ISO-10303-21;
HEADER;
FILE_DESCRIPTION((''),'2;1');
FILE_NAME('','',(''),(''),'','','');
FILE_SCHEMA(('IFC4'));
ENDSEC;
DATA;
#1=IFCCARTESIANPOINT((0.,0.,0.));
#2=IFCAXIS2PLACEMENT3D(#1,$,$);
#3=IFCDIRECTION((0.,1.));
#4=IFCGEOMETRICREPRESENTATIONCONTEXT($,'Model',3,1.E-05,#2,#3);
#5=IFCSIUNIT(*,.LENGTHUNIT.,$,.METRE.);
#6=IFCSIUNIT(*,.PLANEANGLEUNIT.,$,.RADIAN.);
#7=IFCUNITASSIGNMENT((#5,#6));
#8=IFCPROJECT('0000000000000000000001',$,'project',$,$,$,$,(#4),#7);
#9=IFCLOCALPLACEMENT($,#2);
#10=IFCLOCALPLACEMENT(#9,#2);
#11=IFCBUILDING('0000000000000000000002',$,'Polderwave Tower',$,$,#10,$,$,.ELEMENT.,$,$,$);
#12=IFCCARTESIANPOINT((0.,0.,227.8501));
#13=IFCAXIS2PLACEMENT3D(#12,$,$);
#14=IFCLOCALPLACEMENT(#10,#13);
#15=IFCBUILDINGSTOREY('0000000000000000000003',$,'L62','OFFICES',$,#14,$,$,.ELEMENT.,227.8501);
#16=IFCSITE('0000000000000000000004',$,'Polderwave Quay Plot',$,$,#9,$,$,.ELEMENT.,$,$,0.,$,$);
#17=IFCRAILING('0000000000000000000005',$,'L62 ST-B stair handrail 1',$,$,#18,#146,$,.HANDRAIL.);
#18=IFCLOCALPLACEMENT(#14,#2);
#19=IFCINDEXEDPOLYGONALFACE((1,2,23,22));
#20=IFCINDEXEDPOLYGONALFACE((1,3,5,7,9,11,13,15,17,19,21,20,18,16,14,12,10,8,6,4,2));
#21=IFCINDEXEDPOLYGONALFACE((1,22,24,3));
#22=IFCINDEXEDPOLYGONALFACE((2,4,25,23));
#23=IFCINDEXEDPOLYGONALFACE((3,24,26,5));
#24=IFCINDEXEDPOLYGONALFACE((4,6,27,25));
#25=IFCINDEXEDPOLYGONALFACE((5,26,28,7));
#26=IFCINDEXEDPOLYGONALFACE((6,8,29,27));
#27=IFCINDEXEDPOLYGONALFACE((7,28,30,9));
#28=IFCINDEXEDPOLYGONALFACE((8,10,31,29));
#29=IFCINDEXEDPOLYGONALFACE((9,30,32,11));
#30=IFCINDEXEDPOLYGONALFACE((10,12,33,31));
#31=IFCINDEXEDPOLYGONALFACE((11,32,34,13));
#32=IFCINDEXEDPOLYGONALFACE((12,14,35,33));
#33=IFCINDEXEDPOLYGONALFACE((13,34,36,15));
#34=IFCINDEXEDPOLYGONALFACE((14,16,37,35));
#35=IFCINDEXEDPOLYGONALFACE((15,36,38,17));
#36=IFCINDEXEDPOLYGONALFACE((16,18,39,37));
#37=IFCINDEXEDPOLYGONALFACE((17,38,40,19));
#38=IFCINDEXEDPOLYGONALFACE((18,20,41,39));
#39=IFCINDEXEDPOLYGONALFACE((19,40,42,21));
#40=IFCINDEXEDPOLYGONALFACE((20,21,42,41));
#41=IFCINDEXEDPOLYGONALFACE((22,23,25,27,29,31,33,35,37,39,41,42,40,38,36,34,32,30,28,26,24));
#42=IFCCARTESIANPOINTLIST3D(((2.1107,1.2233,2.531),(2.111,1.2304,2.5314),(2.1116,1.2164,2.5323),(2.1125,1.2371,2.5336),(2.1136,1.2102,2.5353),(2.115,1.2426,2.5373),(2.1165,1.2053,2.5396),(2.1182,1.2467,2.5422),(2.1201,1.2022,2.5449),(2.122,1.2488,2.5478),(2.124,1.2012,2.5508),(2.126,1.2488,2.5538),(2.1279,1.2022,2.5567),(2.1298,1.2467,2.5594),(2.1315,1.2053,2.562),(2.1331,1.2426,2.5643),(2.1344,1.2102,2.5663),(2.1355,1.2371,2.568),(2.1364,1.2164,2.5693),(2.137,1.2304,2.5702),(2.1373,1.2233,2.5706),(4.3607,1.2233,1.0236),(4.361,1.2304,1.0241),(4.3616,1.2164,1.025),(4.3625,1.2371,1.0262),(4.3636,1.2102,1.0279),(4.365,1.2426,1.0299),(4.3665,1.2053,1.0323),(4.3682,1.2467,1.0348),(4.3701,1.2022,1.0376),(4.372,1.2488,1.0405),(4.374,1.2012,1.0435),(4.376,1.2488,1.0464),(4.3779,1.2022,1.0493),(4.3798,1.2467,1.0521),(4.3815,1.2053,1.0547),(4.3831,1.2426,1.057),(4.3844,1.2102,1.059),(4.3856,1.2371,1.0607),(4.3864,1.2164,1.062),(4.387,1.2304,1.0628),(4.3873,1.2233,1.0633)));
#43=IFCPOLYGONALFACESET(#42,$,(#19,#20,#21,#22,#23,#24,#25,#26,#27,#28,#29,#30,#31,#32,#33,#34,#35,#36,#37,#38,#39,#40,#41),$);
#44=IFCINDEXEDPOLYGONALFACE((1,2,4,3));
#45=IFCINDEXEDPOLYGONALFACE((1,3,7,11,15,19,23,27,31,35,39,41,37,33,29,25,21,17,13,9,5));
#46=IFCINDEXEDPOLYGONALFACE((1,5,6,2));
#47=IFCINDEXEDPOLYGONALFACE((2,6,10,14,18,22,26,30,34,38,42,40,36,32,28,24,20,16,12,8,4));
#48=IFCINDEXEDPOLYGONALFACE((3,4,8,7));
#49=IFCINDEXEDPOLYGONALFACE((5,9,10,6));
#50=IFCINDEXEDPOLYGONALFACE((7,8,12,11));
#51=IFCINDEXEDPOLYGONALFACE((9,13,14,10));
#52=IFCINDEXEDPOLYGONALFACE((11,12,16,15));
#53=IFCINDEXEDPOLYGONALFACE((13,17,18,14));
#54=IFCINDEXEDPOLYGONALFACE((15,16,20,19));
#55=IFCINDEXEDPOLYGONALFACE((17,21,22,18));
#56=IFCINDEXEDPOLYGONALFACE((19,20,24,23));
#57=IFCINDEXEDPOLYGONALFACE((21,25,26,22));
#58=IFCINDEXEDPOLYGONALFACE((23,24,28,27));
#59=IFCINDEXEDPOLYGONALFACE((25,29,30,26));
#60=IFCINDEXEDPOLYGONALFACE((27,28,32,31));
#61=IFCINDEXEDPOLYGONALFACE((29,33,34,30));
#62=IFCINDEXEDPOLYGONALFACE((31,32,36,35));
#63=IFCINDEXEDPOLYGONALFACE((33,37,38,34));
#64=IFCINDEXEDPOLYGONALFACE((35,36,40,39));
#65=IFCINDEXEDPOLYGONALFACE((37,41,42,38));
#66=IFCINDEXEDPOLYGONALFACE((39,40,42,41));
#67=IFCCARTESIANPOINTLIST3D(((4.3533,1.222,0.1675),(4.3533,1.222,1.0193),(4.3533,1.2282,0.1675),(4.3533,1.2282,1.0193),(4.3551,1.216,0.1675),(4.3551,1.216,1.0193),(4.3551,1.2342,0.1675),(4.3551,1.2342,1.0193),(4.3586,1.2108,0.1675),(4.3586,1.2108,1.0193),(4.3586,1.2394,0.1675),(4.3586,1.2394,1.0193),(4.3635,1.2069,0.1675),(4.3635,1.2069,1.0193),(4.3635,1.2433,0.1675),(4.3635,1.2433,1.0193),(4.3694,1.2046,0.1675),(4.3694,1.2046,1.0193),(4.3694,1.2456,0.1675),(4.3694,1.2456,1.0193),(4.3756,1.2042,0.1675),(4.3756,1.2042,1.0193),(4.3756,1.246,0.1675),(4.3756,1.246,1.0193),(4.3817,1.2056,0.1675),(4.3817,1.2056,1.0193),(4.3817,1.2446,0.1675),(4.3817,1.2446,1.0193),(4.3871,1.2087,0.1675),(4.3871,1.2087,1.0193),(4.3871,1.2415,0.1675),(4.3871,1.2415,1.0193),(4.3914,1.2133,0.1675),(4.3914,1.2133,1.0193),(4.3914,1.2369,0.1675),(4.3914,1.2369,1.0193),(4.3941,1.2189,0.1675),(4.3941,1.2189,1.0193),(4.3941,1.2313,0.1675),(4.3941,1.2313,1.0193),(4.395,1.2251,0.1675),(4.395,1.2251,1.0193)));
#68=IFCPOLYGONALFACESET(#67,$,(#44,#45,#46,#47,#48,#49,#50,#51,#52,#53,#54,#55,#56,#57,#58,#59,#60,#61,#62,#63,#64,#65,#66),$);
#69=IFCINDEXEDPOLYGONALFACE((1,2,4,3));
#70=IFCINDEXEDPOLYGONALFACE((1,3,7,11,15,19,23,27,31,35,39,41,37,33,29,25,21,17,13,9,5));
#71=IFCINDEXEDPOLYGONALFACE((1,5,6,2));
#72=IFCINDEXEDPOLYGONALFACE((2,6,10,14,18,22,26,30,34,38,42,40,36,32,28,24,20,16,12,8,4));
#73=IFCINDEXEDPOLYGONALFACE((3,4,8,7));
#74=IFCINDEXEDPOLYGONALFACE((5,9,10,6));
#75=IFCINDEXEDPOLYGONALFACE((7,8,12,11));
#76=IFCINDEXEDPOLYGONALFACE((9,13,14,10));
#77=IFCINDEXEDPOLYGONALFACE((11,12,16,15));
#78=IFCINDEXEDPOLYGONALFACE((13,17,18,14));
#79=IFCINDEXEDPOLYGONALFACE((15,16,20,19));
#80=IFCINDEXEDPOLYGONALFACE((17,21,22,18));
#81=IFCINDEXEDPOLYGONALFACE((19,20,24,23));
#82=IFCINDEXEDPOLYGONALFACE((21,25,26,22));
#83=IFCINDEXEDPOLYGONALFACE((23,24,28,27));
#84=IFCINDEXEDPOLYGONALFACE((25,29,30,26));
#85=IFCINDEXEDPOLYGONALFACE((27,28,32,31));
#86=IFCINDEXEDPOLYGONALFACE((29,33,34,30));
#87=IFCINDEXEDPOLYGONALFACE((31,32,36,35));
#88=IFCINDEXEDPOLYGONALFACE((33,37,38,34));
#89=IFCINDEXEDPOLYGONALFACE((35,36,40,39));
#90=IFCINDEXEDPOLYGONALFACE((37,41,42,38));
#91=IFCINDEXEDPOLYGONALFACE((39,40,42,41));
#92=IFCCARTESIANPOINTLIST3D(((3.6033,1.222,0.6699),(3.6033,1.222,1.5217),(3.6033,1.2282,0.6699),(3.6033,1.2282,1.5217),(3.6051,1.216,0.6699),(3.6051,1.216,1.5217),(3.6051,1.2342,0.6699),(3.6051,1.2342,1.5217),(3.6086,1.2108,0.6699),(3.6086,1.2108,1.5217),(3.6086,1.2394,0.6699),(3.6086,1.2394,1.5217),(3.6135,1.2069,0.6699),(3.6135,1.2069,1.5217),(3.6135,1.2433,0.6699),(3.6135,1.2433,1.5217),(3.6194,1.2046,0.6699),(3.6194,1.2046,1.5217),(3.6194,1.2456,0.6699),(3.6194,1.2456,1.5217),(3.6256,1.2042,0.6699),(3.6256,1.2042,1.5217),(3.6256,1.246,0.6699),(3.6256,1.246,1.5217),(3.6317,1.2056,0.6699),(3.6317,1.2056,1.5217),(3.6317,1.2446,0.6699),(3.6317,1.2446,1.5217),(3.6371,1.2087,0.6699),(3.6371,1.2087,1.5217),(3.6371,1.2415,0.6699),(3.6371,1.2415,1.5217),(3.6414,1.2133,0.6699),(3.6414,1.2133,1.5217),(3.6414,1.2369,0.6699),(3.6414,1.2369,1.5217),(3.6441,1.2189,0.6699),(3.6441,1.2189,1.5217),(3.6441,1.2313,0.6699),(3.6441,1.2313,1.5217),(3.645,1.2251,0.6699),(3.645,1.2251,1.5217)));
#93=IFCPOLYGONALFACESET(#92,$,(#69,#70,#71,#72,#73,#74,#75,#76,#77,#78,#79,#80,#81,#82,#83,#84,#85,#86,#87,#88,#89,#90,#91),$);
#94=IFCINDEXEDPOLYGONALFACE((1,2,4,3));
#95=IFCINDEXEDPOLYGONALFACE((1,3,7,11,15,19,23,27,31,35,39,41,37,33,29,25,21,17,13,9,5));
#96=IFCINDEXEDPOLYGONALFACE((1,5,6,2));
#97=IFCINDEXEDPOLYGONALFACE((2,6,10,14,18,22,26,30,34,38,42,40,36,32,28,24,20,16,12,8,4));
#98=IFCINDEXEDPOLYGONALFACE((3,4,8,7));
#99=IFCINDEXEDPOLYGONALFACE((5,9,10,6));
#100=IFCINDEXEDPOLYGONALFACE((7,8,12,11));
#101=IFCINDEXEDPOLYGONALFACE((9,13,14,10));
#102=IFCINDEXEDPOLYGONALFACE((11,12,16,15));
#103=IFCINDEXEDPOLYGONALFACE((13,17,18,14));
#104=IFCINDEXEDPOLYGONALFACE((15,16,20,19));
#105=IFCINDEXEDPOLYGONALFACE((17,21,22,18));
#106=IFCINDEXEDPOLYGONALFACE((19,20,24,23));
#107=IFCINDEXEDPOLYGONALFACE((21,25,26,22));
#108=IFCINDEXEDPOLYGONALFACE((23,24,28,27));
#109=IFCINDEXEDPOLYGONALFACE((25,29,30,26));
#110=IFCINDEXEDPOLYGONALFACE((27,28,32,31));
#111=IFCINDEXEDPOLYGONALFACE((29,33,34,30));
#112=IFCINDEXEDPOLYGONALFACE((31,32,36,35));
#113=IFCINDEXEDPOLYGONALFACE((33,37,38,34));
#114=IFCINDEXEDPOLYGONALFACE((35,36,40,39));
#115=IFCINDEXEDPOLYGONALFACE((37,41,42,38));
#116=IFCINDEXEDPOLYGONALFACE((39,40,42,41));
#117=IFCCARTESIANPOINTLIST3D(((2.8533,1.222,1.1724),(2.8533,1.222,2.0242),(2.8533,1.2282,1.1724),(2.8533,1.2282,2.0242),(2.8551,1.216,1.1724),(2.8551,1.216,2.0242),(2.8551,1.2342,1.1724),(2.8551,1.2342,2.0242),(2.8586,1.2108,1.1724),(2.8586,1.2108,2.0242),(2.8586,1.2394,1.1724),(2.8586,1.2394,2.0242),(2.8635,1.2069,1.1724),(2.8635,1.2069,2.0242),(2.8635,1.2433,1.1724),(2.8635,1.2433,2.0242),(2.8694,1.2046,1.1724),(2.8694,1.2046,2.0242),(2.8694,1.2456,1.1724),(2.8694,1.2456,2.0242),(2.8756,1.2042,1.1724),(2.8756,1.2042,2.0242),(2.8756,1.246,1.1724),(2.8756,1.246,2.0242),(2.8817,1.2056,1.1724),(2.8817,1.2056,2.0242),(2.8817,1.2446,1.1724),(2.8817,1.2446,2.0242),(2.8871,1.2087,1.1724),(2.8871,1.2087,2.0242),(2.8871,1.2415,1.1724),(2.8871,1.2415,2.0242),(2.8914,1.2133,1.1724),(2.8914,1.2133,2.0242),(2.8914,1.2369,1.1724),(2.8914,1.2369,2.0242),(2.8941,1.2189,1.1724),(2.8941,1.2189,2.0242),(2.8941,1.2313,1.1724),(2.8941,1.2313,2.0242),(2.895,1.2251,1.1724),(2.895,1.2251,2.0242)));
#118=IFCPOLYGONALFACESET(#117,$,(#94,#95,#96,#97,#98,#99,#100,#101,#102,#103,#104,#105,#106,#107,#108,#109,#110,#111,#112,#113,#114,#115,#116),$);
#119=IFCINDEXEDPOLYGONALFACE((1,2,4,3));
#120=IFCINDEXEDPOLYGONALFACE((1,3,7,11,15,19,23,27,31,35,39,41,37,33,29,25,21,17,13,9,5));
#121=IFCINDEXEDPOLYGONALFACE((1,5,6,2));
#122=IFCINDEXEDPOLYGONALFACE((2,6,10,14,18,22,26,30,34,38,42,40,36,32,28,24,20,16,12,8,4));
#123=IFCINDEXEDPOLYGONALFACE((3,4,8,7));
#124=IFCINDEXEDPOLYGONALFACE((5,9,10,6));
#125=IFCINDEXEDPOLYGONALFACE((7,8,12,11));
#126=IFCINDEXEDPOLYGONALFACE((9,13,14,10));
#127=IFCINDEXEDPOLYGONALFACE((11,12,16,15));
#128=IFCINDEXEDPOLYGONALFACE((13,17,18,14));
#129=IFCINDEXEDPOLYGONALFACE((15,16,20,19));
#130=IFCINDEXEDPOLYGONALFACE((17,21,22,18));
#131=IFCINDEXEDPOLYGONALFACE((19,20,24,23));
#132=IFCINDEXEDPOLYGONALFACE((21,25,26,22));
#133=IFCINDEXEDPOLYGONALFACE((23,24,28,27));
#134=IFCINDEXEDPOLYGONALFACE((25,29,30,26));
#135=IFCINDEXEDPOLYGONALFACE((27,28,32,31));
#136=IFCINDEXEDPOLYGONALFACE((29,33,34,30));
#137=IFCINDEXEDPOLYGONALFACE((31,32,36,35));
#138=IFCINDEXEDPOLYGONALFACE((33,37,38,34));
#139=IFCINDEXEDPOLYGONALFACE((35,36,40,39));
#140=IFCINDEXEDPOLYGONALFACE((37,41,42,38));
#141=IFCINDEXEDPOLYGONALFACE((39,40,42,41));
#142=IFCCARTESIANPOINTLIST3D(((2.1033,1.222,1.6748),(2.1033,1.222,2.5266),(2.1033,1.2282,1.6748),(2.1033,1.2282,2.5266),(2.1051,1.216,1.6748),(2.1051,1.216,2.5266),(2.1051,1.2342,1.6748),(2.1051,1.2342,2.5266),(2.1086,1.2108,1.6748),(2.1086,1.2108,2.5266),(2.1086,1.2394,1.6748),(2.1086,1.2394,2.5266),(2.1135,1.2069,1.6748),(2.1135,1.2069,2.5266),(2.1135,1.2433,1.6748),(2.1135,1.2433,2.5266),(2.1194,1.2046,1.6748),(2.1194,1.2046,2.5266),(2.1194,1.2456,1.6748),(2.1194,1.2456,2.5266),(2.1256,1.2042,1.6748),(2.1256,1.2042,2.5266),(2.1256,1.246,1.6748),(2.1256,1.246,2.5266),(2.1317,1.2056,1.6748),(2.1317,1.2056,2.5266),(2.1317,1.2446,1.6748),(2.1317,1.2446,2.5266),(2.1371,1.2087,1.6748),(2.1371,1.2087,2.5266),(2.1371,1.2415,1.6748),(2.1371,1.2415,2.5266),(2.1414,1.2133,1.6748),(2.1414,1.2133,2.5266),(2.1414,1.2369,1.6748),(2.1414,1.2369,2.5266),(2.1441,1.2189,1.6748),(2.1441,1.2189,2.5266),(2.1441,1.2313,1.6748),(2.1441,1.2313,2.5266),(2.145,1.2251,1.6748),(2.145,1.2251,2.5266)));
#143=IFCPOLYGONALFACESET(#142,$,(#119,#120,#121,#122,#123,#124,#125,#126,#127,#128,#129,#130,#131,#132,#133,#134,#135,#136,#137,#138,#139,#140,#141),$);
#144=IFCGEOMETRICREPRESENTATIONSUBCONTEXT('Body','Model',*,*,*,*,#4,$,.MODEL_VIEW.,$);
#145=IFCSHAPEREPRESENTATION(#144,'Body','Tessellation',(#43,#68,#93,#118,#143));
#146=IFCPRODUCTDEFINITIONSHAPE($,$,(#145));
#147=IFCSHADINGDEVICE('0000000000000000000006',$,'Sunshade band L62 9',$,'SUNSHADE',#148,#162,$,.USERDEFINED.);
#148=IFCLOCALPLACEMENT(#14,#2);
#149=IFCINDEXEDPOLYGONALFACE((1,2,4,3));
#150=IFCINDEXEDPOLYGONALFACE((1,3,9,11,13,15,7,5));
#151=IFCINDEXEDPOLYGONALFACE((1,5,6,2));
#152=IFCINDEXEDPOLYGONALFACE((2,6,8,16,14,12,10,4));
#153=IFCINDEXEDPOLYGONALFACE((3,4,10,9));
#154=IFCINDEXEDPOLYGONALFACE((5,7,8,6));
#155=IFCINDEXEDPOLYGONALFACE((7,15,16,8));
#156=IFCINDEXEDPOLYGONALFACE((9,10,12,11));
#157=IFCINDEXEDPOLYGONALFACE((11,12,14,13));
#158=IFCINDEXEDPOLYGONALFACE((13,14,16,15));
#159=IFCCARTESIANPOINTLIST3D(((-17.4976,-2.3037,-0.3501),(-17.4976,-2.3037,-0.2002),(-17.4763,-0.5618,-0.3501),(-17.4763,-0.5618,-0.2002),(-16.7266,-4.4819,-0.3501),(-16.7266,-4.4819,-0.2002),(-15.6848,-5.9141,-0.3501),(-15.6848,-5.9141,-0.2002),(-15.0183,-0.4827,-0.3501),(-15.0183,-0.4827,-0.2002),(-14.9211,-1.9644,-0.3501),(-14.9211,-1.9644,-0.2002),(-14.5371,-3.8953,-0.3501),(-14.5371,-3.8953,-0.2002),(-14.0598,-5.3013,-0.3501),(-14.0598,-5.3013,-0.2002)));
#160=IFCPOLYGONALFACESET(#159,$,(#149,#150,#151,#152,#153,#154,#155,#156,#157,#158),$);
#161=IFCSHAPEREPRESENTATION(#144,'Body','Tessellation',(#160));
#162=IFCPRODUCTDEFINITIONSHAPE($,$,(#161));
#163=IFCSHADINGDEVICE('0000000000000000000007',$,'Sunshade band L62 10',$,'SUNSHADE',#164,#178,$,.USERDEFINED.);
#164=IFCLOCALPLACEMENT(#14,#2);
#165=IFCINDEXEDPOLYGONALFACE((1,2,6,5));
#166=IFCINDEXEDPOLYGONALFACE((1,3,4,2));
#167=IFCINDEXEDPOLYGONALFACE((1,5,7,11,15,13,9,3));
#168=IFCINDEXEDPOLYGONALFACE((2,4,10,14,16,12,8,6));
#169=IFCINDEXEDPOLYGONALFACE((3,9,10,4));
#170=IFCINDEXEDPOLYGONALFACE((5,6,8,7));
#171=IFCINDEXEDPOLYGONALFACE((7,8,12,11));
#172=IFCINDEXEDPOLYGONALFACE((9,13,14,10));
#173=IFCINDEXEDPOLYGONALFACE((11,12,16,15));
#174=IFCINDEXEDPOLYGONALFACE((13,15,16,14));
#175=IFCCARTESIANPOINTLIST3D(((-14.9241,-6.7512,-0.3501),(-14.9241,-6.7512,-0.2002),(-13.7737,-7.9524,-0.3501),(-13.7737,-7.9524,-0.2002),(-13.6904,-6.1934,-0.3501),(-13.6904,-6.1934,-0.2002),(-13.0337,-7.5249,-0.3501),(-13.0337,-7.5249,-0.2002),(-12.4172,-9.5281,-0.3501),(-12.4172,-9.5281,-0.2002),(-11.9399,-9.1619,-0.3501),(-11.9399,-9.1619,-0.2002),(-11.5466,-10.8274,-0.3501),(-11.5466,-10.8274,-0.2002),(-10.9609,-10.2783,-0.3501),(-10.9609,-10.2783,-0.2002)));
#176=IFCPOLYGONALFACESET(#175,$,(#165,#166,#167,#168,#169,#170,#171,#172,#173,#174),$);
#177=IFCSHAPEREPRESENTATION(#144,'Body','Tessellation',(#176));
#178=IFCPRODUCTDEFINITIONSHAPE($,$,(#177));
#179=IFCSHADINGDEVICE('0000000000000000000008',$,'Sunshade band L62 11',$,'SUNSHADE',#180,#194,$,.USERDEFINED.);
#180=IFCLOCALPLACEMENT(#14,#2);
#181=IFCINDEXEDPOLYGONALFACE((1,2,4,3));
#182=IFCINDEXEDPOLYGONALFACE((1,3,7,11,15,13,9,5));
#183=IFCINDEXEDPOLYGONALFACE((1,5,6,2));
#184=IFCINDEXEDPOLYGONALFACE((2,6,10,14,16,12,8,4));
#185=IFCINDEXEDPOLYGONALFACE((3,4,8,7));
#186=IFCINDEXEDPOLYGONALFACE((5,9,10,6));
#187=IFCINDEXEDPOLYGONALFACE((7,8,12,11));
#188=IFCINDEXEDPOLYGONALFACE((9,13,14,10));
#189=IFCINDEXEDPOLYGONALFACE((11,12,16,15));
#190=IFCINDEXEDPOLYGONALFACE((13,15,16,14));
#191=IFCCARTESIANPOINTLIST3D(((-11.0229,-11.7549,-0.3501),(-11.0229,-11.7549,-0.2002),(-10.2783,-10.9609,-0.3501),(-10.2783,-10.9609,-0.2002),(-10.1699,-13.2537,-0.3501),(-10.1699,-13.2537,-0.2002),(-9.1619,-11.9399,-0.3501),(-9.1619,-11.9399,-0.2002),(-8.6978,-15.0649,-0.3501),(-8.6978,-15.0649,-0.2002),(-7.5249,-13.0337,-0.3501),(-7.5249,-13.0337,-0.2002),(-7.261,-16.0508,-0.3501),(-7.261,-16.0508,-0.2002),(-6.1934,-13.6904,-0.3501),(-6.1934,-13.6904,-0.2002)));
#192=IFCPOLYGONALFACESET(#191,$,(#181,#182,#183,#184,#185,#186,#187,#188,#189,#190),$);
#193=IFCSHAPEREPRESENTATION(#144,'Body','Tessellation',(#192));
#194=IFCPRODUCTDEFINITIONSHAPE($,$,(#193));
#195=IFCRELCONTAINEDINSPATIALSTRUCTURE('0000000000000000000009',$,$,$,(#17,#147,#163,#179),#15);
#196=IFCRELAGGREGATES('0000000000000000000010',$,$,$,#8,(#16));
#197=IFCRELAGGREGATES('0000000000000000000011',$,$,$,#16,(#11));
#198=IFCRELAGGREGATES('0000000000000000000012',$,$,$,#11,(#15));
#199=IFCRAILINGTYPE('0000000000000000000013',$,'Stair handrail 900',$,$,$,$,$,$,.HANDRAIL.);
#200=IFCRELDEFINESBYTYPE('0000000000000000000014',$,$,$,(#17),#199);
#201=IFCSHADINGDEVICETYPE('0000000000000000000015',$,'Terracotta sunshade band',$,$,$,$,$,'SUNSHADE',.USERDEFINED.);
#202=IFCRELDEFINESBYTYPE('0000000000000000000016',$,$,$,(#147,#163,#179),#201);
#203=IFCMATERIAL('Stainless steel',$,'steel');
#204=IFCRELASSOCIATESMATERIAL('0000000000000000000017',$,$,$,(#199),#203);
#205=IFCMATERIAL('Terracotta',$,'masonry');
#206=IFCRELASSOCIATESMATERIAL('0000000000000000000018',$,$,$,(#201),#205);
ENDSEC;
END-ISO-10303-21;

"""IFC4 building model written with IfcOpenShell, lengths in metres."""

from ifc_helpers import new_model, si_unit, direction, frame, origin, origin_2d, place, context, subcontext, project, spatial, polyline, circle, outline, extrude, material, type_object, element, save


model = new_model("IFC4")

# Units and contexts
model_context = context("Model", 3, precision=1e-05, world=origin(), true_north=direction((0.0, 1.0)))
body_context = subcontext(model_context, "Body", "Model", "MODEL_VIEW")
ifc_project = project(units=[si_unit("LENGTHUNIT", "METRE"), si_unit("PLANEANGLEUNIT", "RADIAN")], contexts=[model_context])

# Site, building, storey
site_placement = place(None, origin())
site = spatial("IfcSite", under=ifc_project, at=site_placement, Name="Polderwave Quay Plot", CompositionType="ELEMENT", RefElevation=0.0)
building_placement = place(site_placement, origin())
building = spatial("IfcBuilding", under=site, at=building_placement, Name="Polderwave Tower", CompositionType="ELEMENT")
storey_placement = place(building_placement, frame((0.0, 0.0, 227.8501)))
storey = spatial("IfcBuildingStorey", under=building, at=storey_placement, Name="L62", Description="OFFICES", CompositionType="ELEMENT", Elevation=227.8501)

# Railing
ifc_material_1 = material(Name="Stainless steel", Category="steel")
railing_type_1 = type_object("IfcRailingType", Name="Stair handrail 900", PredefinedType="HANDRAIL", material=ifc_material_1)
railing_1_placement = place(storey_placement, frame((4.374, 1.2251, 0.1675)))
element("IfcRailing", 1, at=railing_1_placement, inside=storey, type_object=railing_type_1, Name="L62 ST-B stair handrail 1", PredefinedType="HANDRAIL", context=body_context, shape_type="SweptSolid", body=[
    extrude(circle(Radius=0.0239, at=origin_2d()), frame((0.0, 0.0, 0.876), z_axis=(-0.8308, 0.0, 0.556571), x_axis=(0.0, -1.0, 0.0)), (0.0, 0.0, 1.0), 2.7083),
    extrude(circle(Radius=0.021, at=origin_2d()), origin(), (0.0, 0.0, 1.0), 0.8518),
    extrude(circle(Radius=0.021, at=origin_2d()), frame((-0.75, 0.0, 0.5024)), (0.0, 0.0, 1.0), 0.8518),
    extrude(circle(Radius=0.021, at=origin_2d()), frame((-1.5, 0.0, 1.0049)), (0.0, 0.0, 1.0), 0.8518),
    extrude(circle(Radius=0.021, at=origin_2d()), frame((-2.25, 0.0, 1.5073)), (0.0, 0.0, 1.0), 0.8518),
])

# Shading devices
ifc_material_2 = material(Name="Terracotta", Category="masonry")
shading_device_type = type_object("IfcShadingDeviceType", Name="Terracotta sunshade band", ElementType="SUNSHADE", PredefinedType="USERDEFINED", material=ifc_material_2)
shading_device_1_placement = place(storey_placement, frame((0.0, 0.0, -0.3501)))
element("IfcShadingDevice", 2, at=shading_device_1_placement, inside=storey, type_object=shading_device_type, Name="Sunshade band L62 9", ObjectType="SUNSHADE", PredefinedType="USERDEFINED", context=body_context, shape_type="SweptSolid", body=[
    extrude(outline(polyline([(-15.0183, -0.4827), (-14.9211, -1.9644), (-14.5371, -3.8953), (-14.0598, -5.3013), (-15.6848, -5.9141), (-16.7266, -4.4819), (-17.4976, -2.3037), (-17.4763, -0.5618), (-15.0183, -0.4827)])), origin(), (0.0, 0.0, 1.0), 0.1499),
])
shading_device_2_placement = place(storey_placement, frame((0.0, 0.0, -0.3501)))
element("IfcShadingDevice", 3, at=shading_device_2_placement, inside=storey, type_object=shading_device_type, Name="Sunshade band L62 10", ObjectType="SUNSHADE", PredefinedType="USERDEFINED", context=body_context, shape_type="SweptSolid", body=[
    extrude(outline(polyline([(-13.6904, -6.1934), (-13.0337, -7.5249), (-11.9399, -9.1619), (-10.9609, -10.2783), (-11.5466, -10.8274), (-12.4172, -9.5281), (-13.7737, -7.9524), (-14.9241, -6.7512), (-13.6904, -6.1934)])), origin(), (0.0, 0.0, 1.0), 0.1499),
])
shading_device_3_placement = place(storey_placement, frame((0.0, 0.0, -0.3501)))
element("IfcShadingDevice", 4, at=shading_device_3_placement, inside=storey, type_object=shading_device_type, Name="Sunshade band L62 11", ObjectType="SUNSHADE", PredefinedType="USERDEFINED", context=body_context, shape_type="SweptSolid", body=[
    extrude(outline(polyline([(-10.2783, -10.9609), (-9.1619, -11.9399), (-7.5249, -13.0337), (-6.1934, -13.6904), (-7.261, -16.0508), (-8.6978, -15.0649), (-10.1699, -13.2537), (-11.0229, -11.7549), (-10.2783, -10.9609)])), origin(), (0.0, 0.0, 1.0), 0.1499),
])

save(model, "model.ifc")
